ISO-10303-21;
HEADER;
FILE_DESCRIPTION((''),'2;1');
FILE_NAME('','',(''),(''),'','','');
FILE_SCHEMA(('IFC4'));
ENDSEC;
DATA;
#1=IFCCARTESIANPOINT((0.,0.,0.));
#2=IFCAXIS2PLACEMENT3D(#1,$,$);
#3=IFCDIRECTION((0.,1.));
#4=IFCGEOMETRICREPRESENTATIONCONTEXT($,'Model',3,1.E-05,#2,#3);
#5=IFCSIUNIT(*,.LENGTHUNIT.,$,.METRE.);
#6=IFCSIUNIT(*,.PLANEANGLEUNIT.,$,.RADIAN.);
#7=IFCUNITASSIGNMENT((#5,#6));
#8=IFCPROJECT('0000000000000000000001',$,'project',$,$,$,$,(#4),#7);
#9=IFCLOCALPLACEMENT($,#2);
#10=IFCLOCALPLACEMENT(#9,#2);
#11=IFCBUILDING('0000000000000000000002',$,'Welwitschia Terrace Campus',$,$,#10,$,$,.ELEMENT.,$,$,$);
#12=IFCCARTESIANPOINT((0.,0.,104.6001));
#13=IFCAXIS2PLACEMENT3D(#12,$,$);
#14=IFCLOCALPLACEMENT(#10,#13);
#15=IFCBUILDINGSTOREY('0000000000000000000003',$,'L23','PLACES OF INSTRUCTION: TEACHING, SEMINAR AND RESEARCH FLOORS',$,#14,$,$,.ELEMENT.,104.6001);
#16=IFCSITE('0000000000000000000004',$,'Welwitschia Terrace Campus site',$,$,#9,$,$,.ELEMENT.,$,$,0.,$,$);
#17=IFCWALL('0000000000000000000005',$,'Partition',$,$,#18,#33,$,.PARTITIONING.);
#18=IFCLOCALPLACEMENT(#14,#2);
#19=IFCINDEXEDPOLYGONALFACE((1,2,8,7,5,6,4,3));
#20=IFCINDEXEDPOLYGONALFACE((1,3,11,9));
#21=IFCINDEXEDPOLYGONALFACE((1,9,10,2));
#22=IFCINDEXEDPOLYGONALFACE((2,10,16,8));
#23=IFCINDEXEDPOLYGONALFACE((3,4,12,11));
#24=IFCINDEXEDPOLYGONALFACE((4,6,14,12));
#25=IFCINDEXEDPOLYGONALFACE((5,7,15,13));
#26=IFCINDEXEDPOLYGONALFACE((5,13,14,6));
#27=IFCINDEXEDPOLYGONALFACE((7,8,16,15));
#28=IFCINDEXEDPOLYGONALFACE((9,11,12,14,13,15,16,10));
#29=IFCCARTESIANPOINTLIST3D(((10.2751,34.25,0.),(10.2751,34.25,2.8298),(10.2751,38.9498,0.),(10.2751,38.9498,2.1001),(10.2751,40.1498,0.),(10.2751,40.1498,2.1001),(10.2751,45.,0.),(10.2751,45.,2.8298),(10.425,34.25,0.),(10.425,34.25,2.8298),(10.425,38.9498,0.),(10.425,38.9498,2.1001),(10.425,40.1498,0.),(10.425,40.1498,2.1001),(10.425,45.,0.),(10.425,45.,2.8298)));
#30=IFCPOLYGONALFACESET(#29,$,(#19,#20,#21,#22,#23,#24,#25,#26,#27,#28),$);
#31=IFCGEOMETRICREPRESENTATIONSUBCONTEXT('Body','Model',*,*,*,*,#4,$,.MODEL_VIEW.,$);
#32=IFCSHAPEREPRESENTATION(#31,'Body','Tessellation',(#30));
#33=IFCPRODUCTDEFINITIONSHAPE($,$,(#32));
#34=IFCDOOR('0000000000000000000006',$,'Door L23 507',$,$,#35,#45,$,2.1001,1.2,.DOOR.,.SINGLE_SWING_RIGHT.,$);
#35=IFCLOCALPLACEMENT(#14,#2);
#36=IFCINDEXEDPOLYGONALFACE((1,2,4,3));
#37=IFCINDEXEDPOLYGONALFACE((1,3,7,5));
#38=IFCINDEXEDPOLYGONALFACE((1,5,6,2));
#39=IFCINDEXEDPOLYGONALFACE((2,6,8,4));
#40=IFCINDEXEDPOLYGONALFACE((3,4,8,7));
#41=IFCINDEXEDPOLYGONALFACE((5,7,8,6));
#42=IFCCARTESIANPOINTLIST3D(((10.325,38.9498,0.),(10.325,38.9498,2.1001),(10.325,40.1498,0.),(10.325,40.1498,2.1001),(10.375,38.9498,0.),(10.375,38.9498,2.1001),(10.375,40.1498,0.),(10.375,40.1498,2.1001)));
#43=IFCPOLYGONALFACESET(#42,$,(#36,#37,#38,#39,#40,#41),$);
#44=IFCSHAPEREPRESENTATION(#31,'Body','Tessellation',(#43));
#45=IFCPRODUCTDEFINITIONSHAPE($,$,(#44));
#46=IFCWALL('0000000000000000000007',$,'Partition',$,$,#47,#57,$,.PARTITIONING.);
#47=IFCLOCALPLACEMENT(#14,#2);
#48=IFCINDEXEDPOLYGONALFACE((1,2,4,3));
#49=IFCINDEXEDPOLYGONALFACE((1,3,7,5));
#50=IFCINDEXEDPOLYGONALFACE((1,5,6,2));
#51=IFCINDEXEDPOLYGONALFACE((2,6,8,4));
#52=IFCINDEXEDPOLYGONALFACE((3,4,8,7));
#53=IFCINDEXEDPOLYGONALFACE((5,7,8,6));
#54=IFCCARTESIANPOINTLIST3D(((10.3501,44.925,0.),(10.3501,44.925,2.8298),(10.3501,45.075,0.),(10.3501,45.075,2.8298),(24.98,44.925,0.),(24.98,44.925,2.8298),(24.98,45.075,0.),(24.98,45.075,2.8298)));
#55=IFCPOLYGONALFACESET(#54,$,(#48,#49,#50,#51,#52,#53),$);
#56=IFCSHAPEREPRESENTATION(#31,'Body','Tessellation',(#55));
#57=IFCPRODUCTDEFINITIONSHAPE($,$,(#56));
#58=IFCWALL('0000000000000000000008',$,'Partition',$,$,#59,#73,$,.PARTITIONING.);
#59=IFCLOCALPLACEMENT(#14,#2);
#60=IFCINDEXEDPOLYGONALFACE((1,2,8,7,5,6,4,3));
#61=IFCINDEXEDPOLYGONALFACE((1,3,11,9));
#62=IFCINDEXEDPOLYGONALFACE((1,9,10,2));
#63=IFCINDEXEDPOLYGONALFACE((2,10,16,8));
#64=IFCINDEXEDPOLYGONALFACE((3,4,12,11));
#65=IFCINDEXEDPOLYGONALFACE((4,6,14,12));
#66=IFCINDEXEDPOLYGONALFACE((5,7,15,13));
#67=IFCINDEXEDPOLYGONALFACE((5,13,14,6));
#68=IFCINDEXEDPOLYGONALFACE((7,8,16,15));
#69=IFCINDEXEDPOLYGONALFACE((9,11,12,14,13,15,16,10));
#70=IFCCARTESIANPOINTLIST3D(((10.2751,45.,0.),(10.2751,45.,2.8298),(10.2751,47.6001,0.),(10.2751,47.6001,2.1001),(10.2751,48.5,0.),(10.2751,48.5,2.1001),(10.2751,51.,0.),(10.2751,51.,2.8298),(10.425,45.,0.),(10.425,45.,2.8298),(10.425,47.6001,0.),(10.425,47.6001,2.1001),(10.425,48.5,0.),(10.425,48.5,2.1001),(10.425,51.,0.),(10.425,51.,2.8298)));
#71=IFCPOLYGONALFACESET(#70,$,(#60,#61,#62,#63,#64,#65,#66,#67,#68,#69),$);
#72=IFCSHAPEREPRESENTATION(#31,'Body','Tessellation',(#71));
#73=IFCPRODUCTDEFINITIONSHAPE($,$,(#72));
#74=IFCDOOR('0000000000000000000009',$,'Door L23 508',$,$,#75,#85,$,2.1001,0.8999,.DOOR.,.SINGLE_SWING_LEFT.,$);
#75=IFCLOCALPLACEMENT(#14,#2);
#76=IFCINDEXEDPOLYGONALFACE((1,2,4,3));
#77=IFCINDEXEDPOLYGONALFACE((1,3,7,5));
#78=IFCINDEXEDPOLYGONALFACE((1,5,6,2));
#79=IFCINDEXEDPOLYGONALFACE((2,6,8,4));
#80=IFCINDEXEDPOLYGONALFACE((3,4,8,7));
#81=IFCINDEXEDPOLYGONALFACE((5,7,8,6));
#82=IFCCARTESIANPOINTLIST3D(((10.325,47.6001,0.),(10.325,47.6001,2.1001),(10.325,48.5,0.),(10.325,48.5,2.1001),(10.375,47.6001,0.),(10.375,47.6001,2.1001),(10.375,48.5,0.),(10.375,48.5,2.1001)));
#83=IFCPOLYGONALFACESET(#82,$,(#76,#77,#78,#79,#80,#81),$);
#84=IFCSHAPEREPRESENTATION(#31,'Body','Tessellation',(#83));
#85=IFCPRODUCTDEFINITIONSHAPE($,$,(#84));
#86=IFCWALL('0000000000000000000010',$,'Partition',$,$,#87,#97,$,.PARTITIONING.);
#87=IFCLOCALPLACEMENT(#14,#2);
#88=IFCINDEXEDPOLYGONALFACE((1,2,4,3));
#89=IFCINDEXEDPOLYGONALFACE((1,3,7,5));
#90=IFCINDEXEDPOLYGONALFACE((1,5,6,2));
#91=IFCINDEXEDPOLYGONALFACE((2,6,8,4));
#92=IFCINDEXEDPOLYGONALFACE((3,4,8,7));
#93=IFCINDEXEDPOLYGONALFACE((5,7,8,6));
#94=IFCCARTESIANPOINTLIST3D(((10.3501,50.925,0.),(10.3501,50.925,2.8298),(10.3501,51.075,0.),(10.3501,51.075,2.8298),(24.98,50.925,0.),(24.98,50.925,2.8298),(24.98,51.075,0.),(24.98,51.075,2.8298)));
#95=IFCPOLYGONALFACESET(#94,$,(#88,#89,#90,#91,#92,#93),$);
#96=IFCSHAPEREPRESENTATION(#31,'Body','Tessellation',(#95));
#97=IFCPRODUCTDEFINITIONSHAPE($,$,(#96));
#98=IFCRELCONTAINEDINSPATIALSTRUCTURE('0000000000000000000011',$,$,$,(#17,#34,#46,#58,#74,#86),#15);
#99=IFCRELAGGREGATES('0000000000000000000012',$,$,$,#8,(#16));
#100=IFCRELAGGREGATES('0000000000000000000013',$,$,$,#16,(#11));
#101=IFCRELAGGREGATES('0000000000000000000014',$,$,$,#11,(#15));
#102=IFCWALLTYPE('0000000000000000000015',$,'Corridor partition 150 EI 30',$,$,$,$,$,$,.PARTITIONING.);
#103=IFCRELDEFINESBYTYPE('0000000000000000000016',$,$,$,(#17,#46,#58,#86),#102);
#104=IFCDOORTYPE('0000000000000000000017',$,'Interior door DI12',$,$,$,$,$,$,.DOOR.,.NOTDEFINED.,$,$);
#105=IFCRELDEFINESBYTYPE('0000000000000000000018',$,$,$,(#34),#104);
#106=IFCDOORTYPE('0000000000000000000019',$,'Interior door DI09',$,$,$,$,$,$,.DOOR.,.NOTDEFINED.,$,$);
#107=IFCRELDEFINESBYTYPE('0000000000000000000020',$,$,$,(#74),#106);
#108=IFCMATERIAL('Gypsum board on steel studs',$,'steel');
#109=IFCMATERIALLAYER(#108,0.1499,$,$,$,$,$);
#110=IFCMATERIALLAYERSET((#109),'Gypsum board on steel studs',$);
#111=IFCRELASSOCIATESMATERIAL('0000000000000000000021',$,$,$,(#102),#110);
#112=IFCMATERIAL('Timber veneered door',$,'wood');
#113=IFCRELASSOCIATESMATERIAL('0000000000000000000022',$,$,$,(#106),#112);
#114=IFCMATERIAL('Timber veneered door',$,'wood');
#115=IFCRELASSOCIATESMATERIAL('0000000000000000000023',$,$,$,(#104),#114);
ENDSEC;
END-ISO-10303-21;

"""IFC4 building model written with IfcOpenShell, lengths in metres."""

from ifc_helpers import new_model, si_unit, direction, frame, frame_2d, origin, place, context, subcontext, project, spatial, rectangle, extrude, material, layer, layer_set, type_object, element, fill, save


model = new_model("IFC4")

# Units and contexts
model_context = context("Model", 3, precision=1e-05, world=origin(), true_north=direction((0.0, 1.0)))
body_context = subcontext(model_context, "Body", "Model", "MODEL_VIEW")
ifc_project = project(units=[si_unit("LENGTHUNIT", "METRE"), si_unit("PLANEANGLEUNIT", "RADIAN")], contexts=[model_context])

# Site, building, storey
site_placement = place(None, origin())
site = spatial("IfcSite", under=ifc_project, at=site_placement, Name="Welwitschia Terrace Campus site", CompositionType="ELEMENT", RefElevation=0.0)
building_placement = place(site_placement, origin())
building = spatial("IfcBuilding", under=site, at=building_placement, Name="Welwitschia Terrace Campus", CompositionType="ELEMENT")
storey_placement = place(building_placement, frame((0.0, 0.0, 104.6001)))
storey = spatial("IfcBuildingStorey", under=building, at=storey_placement, Name="L23", Description="PLACES OF INSTRUCTION: TEACHING, SEMINAR AND RESEARCH FLOORS", CompositionType="ELEMENT", Elevation=104.6001)

# Shared definitions
ifc_material_1 = material(Name="Gypsum board on steel studs", Category="steel")
ifc_layer_1 = layer(ifc_material_1, 0.1499)
ifc_layer_set_1 = layer_set([ifc_layer_1], Name="Gypsum board on steel studs")
wall_type = type_object("IfcWallType", Name="Corridor partition 150 EI 30", PredefinedType="PARTITIONING", material=ifc_layer_set_1)

# Wall, opening, door
ifc_material_2 = material(Name="Timber veneered door", Category="wood")
door_type_1 = type_object("IfcDoorType", Name="Interior door DI09", OperationType="NOTDEFINED", PredefinedType="DOOR", material=ifc_material_2)
ifc_material_3 = material(Name="Timber veneered door", Category="wood")
door_type_2 = type_object("IfcDoorType", Name="Interior door DI12", OperationType="NOTDEFINED", PredefinedType="DOOR", material=ifc_material_3)
wall_1_placement = place(storey_placement, frame((10.3501, 45.0, 0.0), z_axis=(0.0, 0.0, 1.0), x_axis=(0.0, -1.0, 0.0)))
wall_1 = element("IfcWall", 1, at=wall_1_placement, inside=storey, type_object=wall_type, Name="Partition", PredefinedType="PARTITIONING", context=body_context, shape_type="SweptSolid", body=[
    extrude(rectangle(XDim=10.75, YDim=0.1499, at=frame_2d((5.375, 0.0))), origin(), (0.0, 0.0, 1.0), 2.8298),
])
opening_1_placement = place(wall_1_placement, frame((4.8501, 0.0, 0.0)))
opening_1 = element("IfcOpeningElement", 2, at=opening_1_placement, cuts=wall_1, PredefinedType="OPENING", context=body_context, shape_type="SweptSolid", body=[
    extrude(rectangle(XDim=1.2, YDim=2.1001, at=frame_2d((0.6001, 1.05))), frame((0.0, 0.085, 0.0), z_axis=(0.0, -1.0, 0.0), x_axis=(1.0, 0.0, 0.0)), (0.0, 0.0, 1.0), 0.1699),
])
door_1_placement = place(opening_1_placement, origin())
door_1 = element("IfcDoor", 3, at=door_1_placement, inside=storey, type_object=door_type_2, Name="Door L23 507", OperationType="SINGLE_SWING_RIGHT", OverallHeight=2.1001, OverallWidth=1.2, PredefinedType="DOOR", context=body_context, shape_type="SweptSolid", body=[
    extrude(rectangle(XDim=1.2, YDim=2.1001, at=frame_2d((0.6001, 1.05))), frame((0.0, 0.0249, 0.0), z_axis=(0.0, -1.0, 0.0), x_axis=(1.0, 0.0, 0.0)), (0.0, 0.0, 1.0), 0.05),
])
fill(opening_1, door_1)

# Wall
wall_2_placement = place(storey_placement, frame((10.3501, 45.0, 0.0), z_axis=(0.0, 0.0, 1.0), x_axis=(1.0, 0.0, 0.0)))
element("IfcWall", 4, at=wall_2_placement, inside=storey, type_object=wall_type, Name="Partition", PredefinedType="PARTITIONING", context=body_context, shape_type="SweptSolid", body=[
    extrude(rectangle(XDim=14.6299, YDim=0.1499, at=frame_2d((7.3149, 0.0))), origin(), (0.0, 0.0, 1.0), 2.8298),
])

# Wall, opening, door
wall_3_placement = place(storey_placement, frame((10.3501, 51.0, 0.0), z_axis=(0.0, 0.0, 1.0), x_axis=(0.0, -1.0, 0.0)))
wall_3 = element("IfcWall", 5, at=wall_3_placement, inside=storey, type_object=wall_type, Name="Partition", PredefinedType="PARTITIONING", context=body_context, shape_type="SweptSolid", body=[
    extrude(rectangle(XDim=6.0, YDim=0.1499, at=frame_2d((3.0, 0.0))), origin(), (0.0, 0.0, 1.0), 2.8298),
])
opening_2_placement = place(wall_3_placement, frame((2.5, 0.0, 0.0)))
opening_2 = element("IfcOpeningElement", 6, at=opening_2_placement, cuts=wall_3, PredefinedType="OPENING", context=body_context, shape_type="SweptSolid", body=[
    extrude(rectangle(XDim=0.8999, YDim=2.1001, at=frame_2d((0.45, 1.05))), frame((0.0, 0.085, 0.0), z_axis=(0.0, -1.0, 0.0), x_axis=(1.0, 0.0, 0.0)), (0.0, 0.0, 1.0), 0.1699),
])
door_2_placement = place(opening_2_placement, origin())
door_2 = element("IfcDoor", 7, at=door_2_placement, inside=storey, type_object=door_type_1, Name="Door L23 508", OperationType="SINGLE_SWING_LEFT", OverallHeight=2.1001, OverallWidth=0.8999, PredefinedType="DOOR", context=body_context, shape_type="SweptSolid", body=[
    extrude(rectangle(XDim=0.8999, YDim=2.1001, at=frame_2d((0.45, 1.05))), frame((0.0, 0.0249, 0.0), z_axis=(0.0, -1.0, 0.0), x_axis=(1.0, 0.0, 0.0)), (0.0, 0.0, 1.0), 0.05),
])
fill(opening_2, door_2)

# Wall
wall_4_placement = place(storey_placement, frame((10.3501, 51.0, 0.0), z_axis=(0.0, 0.0, 1.0), x_axis=(1.0, 0.0, 0.0)))
element("IfcWall", 8, at=wall_4_placement, inside=storey, type_object=wall_type, Name="Partition", PredefinedType="PARTITIONING", context=body_context, shape_type="SweptSolid", body=[
    extrude(rectangle(XDim=14.6299, YDim=0.1499, at=frame_2d((7.3149, 0.0))), origin(), (0.0, 0.0, 1.0), 2.8298),
])

save(model, "model.ifc")
